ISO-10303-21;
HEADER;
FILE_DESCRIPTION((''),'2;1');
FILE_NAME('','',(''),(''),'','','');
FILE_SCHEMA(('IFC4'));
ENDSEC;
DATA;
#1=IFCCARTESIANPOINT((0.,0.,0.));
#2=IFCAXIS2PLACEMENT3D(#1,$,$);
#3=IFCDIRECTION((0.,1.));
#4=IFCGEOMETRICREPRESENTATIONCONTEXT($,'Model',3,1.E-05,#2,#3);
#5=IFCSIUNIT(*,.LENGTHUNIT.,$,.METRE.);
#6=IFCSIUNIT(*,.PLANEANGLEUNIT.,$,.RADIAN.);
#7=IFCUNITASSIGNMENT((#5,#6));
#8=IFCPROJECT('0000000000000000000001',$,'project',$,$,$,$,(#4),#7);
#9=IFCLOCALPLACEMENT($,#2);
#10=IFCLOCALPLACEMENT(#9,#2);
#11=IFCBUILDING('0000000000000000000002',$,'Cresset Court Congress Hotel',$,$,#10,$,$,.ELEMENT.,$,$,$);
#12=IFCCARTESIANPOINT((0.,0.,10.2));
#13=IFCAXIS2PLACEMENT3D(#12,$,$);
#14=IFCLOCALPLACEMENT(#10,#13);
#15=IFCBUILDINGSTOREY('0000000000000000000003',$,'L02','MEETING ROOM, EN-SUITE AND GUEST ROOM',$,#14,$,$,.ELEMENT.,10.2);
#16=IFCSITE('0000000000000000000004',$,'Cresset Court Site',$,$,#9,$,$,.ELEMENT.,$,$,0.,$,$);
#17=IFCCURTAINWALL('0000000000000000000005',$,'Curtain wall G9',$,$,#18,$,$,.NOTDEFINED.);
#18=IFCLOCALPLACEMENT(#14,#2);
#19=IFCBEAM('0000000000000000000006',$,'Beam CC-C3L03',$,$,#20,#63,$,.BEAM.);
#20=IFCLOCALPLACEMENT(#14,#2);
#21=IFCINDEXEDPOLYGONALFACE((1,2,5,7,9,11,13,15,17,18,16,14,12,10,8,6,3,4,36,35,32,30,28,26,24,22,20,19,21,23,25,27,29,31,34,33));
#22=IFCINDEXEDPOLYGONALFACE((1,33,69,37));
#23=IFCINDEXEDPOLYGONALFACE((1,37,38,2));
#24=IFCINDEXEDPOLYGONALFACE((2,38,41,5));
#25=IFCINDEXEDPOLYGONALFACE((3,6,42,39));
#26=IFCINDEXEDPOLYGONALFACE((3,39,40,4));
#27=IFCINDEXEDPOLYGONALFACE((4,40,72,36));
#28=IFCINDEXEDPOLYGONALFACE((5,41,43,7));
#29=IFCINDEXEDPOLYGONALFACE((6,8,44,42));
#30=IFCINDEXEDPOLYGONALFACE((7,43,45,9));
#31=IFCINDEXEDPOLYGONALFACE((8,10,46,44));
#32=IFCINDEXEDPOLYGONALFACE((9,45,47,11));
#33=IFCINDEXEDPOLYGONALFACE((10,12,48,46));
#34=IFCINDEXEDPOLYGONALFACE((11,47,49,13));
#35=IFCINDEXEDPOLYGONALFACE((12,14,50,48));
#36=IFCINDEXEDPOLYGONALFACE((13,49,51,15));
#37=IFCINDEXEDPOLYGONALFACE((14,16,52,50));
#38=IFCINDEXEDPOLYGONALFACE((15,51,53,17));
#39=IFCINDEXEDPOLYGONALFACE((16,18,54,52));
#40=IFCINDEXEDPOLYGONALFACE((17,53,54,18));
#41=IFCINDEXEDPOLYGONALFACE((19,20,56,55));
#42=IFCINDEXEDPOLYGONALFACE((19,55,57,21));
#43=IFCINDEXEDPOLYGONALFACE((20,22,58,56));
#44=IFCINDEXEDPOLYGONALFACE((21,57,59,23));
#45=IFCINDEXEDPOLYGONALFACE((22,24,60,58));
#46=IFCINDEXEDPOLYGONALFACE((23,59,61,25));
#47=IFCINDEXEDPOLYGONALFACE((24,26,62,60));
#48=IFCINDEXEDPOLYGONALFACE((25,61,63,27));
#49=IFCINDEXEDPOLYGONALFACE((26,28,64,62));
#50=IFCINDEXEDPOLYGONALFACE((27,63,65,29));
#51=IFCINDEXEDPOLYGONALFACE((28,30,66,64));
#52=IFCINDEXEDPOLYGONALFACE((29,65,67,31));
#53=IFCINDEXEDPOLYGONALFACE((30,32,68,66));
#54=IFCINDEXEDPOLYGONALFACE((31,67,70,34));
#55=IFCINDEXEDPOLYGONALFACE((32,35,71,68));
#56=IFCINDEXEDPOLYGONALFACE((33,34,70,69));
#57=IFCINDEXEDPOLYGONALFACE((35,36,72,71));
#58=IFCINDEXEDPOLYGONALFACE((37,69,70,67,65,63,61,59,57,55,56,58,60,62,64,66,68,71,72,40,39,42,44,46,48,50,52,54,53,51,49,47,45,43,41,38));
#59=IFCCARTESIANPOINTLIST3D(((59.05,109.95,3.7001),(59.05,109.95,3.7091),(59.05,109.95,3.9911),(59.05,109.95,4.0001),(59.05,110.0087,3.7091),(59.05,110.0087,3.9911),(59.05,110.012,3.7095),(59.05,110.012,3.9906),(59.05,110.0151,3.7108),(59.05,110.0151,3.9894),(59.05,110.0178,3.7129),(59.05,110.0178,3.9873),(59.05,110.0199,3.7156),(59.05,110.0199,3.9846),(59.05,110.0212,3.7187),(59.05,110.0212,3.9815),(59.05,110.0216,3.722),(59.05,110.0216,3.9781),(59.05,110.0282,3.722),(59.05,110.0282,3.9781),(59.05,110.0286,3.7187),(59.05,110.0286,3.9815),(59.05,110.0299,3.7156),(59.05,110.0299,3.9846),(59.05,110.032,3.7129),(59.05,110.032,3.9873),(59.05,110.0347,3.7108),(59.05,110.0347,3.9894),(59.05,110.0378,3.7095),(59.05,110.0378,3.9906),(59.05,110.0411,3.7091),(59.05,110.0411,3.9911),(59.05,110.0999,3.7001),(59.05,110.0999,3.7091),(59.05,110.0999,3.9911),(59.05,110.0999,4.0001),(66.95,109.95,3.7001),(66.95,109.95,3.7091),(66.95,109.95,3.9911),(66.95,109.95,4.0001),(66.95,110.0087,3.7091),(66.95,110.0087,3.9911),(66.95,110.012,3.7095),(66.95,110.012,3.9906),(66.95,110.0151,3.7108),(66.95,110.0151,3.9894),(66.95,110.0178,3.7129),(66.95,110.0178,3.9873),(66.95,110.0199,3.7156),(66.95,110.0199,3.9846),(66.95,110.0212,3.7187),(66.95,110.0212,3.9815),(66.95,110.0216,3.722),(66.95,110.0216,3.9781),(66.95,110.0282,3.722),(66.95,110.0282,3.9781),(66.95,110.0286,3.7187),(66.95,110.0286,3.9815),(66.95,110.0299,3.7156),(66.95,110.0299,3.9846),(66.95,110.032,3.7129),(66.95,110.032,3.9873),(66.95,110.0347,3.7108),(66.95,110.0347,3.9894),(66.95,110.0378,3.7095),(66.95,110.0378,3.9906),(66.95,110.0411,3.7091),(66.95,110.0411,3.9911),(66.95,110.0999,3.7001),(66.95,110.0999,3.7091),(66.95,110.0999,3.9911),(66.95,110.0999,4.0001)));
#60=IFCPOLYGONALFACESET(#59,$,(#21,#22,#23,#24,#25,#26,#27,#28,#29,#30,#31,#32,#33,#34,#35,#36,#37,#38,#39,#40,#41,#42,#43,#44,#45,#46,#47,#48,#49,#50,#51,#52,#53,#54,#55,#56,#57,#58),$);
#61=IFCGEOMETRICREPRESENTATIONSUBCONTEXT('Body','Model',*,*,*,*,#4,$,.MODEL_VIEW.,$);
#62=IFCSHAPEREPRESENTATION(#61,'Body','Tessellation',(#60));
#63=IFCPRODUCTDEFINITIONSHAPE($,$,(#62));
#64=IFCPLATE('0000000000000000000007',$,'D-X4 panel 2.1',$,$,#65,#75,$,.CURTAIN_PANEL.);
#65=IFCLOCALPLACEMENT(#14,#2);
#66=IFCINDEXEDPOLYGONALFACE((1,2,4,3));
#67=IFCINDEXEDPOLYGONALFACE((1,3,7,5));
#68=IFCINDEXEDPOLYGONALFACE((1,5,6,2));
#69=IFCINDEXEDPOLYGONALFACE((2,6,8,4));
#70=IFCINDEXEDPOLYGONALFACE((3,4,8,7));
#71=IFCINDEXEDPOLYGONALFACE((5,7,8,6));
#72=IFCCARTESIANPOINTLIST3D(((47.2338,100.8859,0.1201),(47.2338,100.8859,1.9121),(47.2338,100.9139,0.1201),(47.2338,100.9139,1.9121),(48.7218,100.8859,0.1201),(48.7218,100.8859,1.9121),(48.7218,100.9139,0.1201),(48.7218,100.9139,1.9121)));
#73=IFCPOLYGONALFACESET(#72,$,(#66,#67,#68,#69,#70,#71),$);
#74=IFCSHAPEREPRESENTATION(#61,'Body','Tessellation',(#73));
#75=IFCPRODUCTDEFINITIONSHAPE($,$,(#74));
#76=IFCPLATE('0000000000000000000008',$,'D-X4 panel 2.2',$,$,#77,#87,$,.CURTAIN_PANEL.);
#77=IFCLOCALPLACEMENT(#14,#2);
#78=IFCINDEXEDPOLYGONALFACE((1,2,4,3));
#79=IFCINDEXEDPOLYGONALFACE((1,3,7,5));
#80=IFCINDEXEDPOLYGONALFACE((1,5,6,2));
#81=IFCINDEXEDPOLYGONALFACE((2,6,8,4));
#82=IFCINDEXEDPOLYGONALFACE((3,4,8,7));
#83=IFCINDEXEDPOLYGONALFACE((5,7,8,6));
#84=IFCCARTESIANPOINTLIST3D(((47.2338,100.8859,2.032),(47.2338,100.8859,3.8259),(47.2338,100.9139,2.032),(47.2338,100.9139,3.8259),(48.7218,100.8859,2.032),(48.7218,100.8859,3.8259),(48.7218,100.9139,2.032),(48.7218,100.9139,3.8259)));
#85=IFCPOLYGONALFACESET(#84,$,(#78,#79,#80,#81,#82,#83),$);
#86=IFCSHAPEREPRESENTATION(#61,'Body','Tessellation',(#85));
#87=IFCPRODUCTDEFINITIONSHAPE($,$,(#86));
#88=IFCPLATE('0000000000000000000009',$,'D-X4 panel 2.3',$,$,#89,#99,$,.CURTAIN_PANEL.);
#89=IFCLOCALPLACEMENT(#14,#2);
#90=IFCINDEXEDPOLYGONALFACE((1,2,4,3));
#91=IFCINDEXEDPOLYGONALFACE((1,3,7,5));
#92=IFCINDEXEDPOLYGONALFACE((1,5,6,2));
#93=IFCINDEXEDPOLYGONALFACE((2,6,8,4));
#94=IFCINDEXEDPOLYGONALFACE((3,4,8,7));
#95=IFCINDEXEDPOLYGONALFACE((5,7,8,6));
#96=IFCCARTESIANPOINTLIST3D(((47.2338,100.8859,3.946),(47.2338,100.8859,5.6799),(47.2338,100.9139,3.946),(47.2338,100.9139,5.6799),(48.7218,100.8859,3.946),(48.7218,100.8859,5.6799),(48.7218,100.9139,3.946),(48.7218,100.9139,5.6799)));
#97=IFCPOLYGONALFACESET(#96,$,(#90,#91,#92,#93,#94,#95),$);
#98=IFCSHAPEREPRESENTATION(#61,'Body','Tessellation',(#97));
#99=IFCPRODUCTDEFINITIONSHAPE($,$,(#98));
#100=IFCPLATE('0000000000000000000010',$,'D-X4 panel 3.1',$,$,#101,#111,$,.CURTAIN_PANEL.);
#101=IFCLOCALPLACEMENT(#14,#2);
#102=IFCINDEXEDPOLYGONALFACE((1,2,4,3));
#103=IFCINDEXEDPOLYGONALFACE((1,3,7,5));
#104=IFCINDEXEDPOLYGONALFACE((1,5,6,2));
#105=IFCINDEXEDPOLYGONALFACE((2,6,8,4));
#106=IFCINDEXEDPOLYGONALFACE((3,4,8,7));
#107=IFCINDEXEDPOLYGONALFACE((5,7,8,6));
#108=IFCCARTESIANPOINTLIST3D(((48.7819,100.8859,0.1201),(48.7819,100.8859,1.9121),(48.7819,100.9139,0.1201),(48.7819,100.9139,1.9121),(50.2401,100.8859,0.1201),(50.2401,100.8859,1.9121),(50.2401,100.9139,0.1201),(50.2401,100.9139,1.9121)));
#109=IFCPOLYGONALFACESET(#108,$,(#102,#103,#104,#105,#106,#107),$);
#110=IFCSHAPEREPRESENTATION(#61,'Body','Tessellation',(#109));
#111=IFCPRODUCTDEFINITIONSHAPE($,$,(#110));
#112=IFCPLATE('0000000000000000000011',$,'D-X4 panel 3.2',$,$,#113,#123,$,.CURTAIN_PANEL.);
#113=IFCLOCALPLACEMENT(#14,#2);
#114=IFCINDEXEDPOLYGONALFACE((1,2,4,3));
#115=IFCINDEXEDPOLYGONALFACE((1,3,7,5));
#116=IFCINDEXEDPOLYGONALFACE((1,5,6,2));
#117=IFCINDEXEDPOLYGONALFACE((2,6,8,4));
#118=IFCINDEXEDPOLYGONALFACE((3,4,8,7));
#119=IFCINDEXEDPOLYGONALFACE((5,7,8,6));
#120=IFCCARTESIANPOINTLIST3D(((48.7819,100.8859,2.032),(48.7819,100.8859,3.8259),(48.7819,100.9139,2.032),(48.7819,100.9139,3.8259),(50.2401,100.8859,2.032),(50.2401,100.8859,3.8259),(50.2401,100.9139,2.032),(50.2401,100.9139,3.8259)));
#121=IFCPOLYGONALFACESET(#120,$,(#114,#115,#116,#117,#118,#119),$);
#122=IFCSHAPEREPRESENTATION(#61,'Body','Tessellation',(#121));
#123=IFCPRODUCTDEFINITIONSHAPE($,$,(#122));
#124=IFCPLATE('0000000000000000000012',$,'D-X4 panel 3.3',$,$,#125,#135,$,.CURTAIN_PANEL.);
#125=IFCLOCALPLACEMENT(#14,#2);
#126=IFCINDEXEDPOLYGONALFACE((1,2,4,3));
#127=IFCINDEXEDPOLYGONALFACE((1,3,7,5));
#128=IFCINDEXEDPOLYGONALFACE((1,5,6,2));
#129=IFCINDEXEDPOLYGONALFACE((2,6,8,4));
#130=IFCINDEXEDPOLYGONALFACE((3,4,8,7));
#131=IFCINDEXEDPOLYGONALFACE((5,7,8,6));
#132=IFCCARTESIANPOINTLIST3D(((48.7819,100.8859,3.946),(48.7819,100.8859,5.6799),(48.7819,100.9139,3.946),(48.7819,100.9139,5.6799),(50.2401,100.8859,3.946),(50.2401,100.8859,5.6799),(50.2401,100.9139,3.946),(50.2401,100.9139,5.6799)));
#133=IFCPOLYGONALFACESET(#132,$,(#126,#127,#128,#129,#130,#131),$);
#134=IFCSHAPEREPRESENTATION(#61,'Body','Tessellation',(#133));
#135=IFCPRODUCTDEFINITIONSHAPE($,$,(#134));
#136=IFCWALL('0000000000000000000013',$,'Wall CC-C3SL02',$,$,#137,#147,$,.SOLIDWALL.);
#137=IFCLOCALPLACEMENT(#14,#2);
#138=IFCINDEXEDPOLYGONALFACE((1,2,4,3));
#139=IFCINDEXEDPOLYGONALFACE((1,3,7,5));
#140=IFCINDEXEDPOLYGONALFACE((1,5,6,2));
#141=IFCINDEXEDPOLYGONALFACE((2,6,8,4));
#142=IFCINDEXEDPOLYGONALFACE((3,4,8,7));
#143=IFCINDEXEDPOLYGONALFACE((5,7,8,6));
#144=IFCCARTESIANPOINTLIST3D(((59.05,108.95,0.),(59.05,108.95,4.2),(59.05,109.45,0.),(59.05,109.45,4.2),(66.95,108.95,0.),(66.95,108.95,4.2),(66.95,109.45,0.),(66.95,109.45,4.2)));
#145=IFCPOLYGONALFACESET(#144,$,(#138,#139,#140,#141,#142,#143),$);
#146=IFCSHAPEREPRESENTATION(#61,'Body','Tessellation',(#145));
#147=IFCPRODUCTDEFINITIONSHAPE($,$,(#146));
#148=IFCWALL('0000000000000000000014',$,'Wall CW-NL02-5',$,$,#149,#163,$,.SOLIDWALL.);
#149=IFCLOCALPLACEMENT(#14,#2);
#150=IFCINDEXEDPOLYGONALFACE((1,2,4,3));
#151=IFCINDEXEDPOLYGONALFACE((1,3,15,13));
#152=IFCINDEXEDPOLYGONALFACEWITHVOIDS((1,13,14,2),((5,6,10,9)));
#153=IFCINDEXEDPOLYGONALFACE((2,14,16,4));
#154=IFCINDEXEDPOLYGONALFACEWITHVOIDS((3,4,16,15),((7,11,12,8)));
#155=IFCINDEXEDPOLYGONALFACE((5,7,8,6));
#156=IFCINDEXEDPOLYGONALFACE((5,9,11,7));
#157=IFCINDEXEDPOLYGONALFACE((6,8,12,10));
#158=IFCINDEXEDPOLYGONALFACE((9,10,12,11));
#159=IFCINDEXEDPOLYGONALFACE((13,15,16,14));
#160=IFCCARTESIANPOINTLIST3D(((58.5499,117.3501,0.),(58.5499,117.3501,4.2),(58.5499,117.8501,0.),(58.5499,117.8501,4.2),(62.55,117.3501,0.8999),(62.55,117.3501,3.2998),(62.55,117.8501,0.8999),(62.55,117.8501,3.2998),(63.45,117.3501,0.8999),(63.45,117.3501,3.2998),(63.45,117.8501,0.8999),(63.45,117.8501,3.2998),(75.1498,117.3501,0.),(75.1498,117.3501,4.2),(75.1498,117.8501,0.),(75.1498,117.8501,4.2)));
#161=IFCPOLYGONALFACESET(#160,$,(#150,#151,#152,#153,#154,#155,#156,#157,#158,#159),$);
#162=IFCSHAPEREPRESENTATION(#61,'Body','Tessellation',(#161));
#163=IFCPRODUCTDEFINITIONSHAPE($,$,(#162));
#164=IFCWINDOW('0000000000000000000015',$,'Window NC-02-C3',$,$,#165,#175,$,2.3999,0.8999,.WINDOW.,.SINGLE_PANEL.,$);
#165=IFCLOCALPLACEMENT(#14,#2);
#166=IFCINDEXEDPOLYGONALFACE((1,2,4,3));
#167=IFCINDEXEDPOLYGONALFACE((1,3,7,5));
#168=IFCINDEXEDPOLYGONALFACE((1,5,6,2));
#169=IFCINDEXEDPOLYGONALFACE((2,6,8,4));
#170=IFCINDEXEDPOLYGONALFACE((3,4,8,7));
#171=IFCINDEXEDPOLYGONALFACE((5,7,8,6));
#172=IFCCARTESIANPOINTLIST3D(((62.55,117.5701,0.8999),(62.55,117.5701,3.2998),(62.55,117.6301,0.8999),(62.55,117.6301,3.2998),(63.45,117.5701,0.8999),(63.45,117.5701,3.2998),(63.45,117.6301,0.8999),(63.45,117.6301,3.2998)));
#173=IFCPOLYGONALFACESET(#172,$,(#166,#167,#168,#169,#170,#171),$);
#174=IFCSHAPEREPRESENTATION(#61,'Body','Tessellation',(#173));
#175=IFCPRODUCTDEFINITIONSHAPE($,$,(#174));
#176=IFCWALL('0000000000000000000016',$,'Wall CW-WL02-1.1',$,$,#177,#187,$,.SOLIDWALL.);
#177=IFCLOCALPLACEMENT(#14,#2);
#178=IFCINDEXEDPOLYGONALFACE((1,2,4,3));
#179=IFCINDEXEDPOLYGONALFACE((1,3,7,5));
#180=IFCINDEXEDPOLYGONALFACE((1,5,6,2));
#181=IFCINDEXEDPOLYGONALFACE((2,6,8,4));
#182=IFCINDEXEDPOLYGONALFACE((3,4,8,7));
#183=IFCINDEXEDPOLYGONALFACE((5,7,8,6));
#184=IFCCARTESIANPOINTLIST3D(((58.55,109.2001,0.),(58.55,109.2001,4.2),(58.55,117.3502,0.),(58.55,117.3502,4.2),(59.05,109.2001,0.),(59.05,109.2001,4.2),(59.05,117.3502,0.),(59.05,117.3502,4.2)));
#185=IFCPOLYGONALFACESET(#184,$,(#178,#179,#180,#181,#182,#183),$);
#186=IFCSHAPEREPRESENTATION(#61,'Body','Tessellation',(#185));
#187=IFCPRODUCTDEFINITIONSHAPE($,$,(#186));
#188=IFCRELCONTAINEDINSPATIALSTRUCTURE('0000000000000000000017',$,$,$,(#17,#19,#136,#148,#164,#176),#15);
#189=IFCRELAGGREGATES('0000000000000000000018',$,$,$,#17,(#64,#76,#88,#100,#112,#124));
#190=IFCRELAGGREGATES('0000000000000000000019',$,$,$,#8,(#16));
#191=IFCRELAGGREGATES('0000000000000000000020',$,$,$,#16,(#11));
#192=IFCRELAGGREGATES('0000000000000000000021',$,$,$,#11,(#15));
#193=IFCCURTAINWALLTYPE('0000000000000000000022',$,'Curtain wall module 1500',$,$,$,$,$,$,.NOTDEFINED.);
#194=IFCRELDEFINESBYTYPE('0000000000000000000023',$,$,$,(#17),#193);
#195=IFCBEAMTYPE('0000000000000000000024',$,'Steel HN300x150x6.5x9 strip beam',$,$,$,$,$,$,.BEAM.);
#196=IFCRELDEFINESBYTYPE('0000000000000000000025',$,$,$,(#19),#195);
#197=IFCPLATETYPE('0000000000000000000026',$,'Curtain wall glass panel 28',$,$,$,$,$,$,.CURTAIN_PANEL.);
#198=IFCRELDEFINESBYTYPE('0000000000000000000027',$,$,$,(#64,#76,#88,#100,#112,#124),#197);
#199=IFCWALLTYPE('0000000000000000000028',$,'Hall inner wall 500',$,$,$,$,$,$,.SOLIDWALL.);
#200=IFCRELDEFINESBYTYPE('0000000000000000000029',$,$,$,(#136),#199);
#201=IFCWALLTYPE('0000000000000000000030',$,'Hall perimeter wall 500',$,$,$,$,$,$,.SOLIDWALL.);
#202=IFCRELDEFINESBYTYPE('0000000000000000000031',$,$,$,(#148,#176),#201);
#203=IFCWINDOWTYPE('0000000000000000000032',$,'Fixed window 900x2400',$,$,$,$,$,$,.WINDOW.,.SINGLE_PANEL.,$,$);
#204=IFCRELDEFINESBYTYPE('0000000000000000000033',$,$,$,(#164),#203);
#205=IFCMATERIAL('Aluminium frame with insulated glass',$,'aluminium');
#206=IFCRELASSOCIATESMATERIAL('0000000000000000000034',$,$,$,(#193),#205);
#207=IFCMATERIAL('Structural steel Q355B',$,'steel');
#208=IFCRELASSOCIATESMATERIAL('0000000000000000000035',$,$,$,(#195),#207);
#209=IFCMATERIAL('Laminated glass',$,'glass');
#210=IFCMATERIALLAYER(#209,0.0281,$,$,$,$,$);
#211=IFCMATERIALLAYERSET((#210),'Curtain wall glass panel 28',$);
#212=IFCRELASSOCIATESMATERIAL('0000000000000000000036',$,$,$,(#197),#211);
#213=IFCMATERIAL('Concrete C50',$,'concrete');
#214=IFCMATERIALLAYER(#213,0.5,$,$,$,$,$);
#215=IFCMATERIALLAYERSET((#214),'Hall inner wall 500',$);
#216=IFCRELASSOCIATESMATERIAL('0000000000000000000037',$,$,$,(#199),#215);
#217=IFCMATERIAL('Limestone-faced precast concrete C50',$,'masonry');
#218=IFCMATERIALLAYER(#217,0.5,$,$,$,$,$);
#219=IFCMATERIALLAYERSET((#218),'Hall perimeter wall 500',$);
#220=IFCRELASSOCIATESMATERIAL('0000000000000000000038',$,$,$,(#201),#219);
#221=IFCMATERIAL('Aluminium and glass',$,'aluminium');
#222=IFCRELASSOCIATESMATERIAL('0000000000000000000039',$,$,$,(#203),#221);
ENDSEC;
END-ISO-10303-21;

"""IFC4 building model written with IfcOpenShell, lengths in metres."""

from ifc_helpers import new_model, si_unit, direction, frame, frame_2d, origin, origin_2d, place, context, subcontext, project, spatial, rectangle, i_section, extrude, material, layer, layer_set, material_profile, profile_set, type_object, element, fill, aggregate, save


model = new_model("IFC4")

# Units and contexts
model_context = context("Model", 3, precision=1e-05, world=origin(), true_north=direction((0.0, 1.0)))
body_context = subcontext(model_context, "Body", "Model", "MODEL_VIEW")
ifc_project = project(units=[si_unit("LENGTHUNIT", "METRE"), si_unit("PLANEANGLEUNIT", "RADIAN")], contexts=[model_context])

# Site, building, storey
site_placement = place(None, origin())
site = spatial("IfcSite", under=ifc_project, at=site_placement, Name="Cresset Court Site", CompositionType="ELEMENT", RefElevation=0.0)
building_placement = place(site_placement, origin())
building = spatial("IfcBuilding", under=site, at=building_placement, Name="Cresset Court Congress Hotel", CompositionType="ELEMENT")
storey_placement = place(building_placement, frame((0.0, 0.0, 10.2)))
storey = spatial("IfcBuildingStorey", under=building, at=storey_placement, Name="L02", Description="MEETING ROOM, EN-SUITE AND GUEST ROOM", CompositionType="ELEMENT", Elevation=10.2)

# Curtain wall
ifc_material_1 = material(Name="Aluminium frame with insulated glass", Category="aluminium")
curtain_wall_type = type_object("IfcCurtainWallType", Name="Curtain wall module 1500", PredefinedType="NOTDEFINED", material=ifc_material_1)
curtain_wall_placement = place(storey_placement, origin())
curtain_wall = element("IfcCurtainWall", 1, at=curtain_wall_placement, inside=storey, type_object=curtain_wall_type, Name="Curtain wall G9", PredefinedType="NOTDEFINED")

# Beam
ifc_material_2 = material(Name="Structural steel Q355B", Category="steel")
ifc_material_profile_1 = material_profile(ifc_material_2, i_section(OverallWidth=0.1499, OverallDepth=0.3, WebThickness=0.0066, FlangeThickness=0.009, FilletRadius=0.0129, at=origin_2d()), Name="HN300x150x6.5x9")
ifc_profile_set_1 = profile_set([ifc_material_profile_1], Name="Structural steel Q355B")
beam_type = type_object("IfcBeamType", Name="Steel HN300x150x6.5x9 strip beam", PredefinedType="BEAM", material=ifc_profile_set_1)
beam_placement = place(storey_placement, frame((59.05, 110.0249, 3.8501), z_axis=(1.0, 0.0, 0.0), x_axis=(0.0, 1.0, 0.0)))
element("IfcBeam", 2, at=beam_placement, inside=storey, type_object=beam_type, Name="Beam CC-C3L03", PredefinedType="BEAM", context=body_context, shape_type="SweptSolid", body=[
    extrude(i_section(OverallWidth=0.1499, OverallDepth=0.3, WebThickness=0.0066, FlangeThickness=0.009, FilletRadius=0.0129, at=origin_2d()), origin(), (0.0, 0.0, 1.0), 7.8999),
])

# Plates
ifc_material_3 = material(Name="Laminated glass", Category="glass")
ifc_layer_1 = layer(ifc_material_3, 0.0281)
ifc_layer_set_1 = layer_set([ifc_layer_1], Name="Curtain wall glass panel 28")
plate_type = type_object("IfcPlateType", Name="Curtain wall glass panel 28", PredefinedType="CURTAIN_PANEL", material=ifc_layer_set_1)
plate_1_placement = place(storey_placement, frame((47.9778, 100.8999, 0.1201), z_axis=(0.0, 0.0, 1.0), x_axis=(1.0, 0.0, 0.0)))
plate_1 = element("IfcPlate", 3, at=plate_1_placement, type_object=plate_type, Name="D-X4 panel 2.1", PredefinedType="CURTAIN_PANEL", context=body_context, shape_type="SweptSolid", body=[
    extrude(rectangle(XDim=1.488, YDim=0.0281, at=origin_2d()), origin(), (0.0, 0.0, 1.0), 1.792),
])
plate_2_placement = place(storey_placement, frame((47.9778, 100.8999, 2.032), z_axis=(0.0, 0.0, 1.0), x_axis=(1.0, 0.0, 0.0)))
plate_2 = element("IfcPlate", 4, at=plate_2_placement, type_object=plate_type, Name="D-X4 panel 2.2", PredefinedType="CURTAIN_PANEL", context=body_context, shape_type="SweptSolid", body=[
    extrude(rectangle(XDim=1.488, YDim=0.0281, at=origin_2d()), origin(), (0.0, 0.0, 1.0), 1.7939),
])
plate_3_placement = place(storey_placement, frame((47.9778, 100.8999, 3.946), z_axis=(0.0, 0.0, 1.0), x_axis=(1.0, 0.0, 0.0)))
plate_3 = element("IfcPlate", 5, at=plate_3_placement, type_object=plate_type, Name="D-X4 panel 2.3", PredefinedType="CURTAIN_PANEL", context=body_context, shape_type="SweptSolid", body=[
    extrude(rectangle(XDim=1.488, YDim=0.0281, at=origin_2d()), origin(), (0.0, 0.0, 1.0), 1.7339),
])
plate_4_placement = place(storey_placement, frame((49.511, 100.8999, 0.1201), z_axis=(0.0, 0.0, 1.0), x_axis=(1.0, 0.0, 0.0)))
plate_4 = element("IfcPlate", 6, at=plate_4_placement, type_object=plate_type, Name="D-X4 panel 3.1", PredefinedType="CURTAIN_PANEL", context=body_context, shape_type="SweptSolid", body=[
    extrude(rectangle(XDim=1.4583, YDim=0.0281, at=origin_2d()), origin(), (0.0, 0.0, 1.0), 1.792),
])
plate_5_placement = place(storey_placement, frame((49.511, 100.8999, 2.032), z_axis=(0.0, 0.0, 1.0), x_axis=(1.0, 0.0, 0.0)))
plate_5 = element("IfcPlate", 7, at=plate_5_placement, type_object=plate_type, Name="D-X4 panel 3.2", PredefinedType="CURTAIN_PANEL", context=body_context, shape_type="SweptSolid", body=[
    extrude(rectangle(XDim=1.4583, YDim=0.0281, at=origin_2d()), origin(), (0.0, 0.0, 1.0), 1.7939),
])
plate_6_placement = place(storey_placement, frame((49.511, 100.8999, 3.946), z_axis=(0.0, 0.0, 1.0), x_axis=(1.0, 0.0, 0.0)))
plate_6 = element("IfcPlate", 8, at=plate_6_placement, type_object=plate_type, Name="D-X4 panel 3.3", PredefinedType="CURTAIN_PANEL", context=body_context, shape_type="SweptSolid", body=[
    extrude(rectangle(XDim=1.4583, YDim=0.0281, at=origin_2d()), origin(), (0.0, 0.0, 1.0), 1.7339),
])
aggregate(curtain_wall, [plate_1, plate_2, plate_3, plate_4, plate_5, plate_6])

# Wall
ifc_material_4 = material(Name="Concrete C50", Category="concrete")
ifc_layer_2 = layer(ifc_material_4, 0.5)
ifc_layer_set_2 = layer_set([ifc_layer_2], Name="Hall inner wall 500")
wall_type_1 = type_object("IfcWallType", Name="Hall inner wall 500", PredefinedType="SOLIDWALL", material=ifc_layer_set_2)
wall_1_placement = place(storey_placement, frame((59.05, 109.2, 0.0), z_axis=(0.0, 0.0, 1.0), x_axis=(1.0, 0.0, 0.0)))
element("IfcWall", 9, at=wall_1_placement, inside=storey, type_object=wall_type_1, Name="Wall CC-C3SL02", PredefinedType="SOLIDWALL", context=body_context, shape_type="SweptSolid", body=[
    extrude(rectangle(XDim=7.8999, YDim=0.5, at=frame_2d((3.95, 0.0))), origin(), (0.0, 0.0, 1.0), 4.2),
])

# Wall, opening, window
ifc_material_5 = material(Name="Limestone-faced precast concrete C50", Category="masonry")
ifc_layer_3 = layer(ifc_material_5, 0.5)
ifc_layer_set_3 = layer_set([ifc_layer_3], Name="Hall perimeter wall 500")
wall_type_2 = type_object("IfcWallType", Name="Hall perimeter wall 500", PredefinedType="SOLIDWALL", material=ifc_layer_set_3)
wall_2_placement = place(storey_placement, frame((58.55, 117.6001, 0.0), z_axis=(0.0, 0.0, 1.0), x_axis=(1.0, 0.0, 0.0)))
wall_2 = element("IfcWall", 10, at=wall_2_placement, inside=storey, type_object=wall_type_2, Name="Wall CW-NL02-5", PredefinedType="SOLIDWALL", context=body_context, shape_type="SweptSolid", body=[
    extrude(rectangle(XDim=16.5999, YDim=0.5, at=frame_2d((8.2998, 0.0))), origin(), (0.0, 0.0, 1.0), 4.2),
])
opening_placement = place(wall_2_placement, frame((4.0, 0.0, 0.8999)))
opening = element("IfcOpeningElement", 11, at=opening_placement, cuts=wall_2, PredefinedType="OPENING", context=body_context, shape_type="SweptSolid", body=[
    extrude(rectangle(XDim=0.8999, YDim=2.3999, at=frame_2d((0.45, 1.2))), frame((0.0, 0.26, 0.0), z_axis=(0.0, -1.0, 0.0), x_axis=(1.0, 0.0, 0.0)), (0.0, 0.0, 1.0), 0.52),
])
ifc_material_6 = material(Name="Aluminium and glass", Category="aluminium")
window_type = type_object("IfcWindowType", Name="Fixed window 900x2400", PartitioningType="SINGLE_PANEL", PredefinedType="WINDOW", material=ifc_material_6)
window_placement = place(opening_placement, origin())
window = element("IfcWindow", 12, at=window_placement, inside=storey, type_object=window_type, Name="Window NC-02-C3", OverallHeight=2.3999, OverallWidth=0.8999, PartitioningType="SINGLE_PANEL", PredefinedType="WINDOW", context=body_context, shape_type="SweptSolid", body=[
    extrude(rectangle(XDim=0.8999, YDim=2.3999, at=frame_2d((0.45, 1.2))), frame((0.0, 0.03, 0.0), z_axis=(0.0, -1.0, 0.0), x_axis=(1.0, 0.0, 0.0)), (0.0, 0.0, 1.0), 0.0601),
])
fill(opening, window)

# Wall
wall_3_placement = place(storey_placement, frame((58.8, 109.2, 0.0), z_axis=(0.0, 0.0, 1.0), x_axis=(0.0, 1.0, 0.0)))
element("IfcWall", 13, at=wall_3_placement, inside=storey, type_object=wall_type_2, Name="Wall CW-WL02-1.1", PredefinedType="SOLIDWALL", context=body_context, shape_type="SweptSolid", body=[
    extrude(rectangle(XDim=8.1501, YDim=0.5, at=frame_2d((4.0752, 0.0))), origin(), (0.0, 0.0, 1.0), 4.2),
])

save(model, "model.ifc")
